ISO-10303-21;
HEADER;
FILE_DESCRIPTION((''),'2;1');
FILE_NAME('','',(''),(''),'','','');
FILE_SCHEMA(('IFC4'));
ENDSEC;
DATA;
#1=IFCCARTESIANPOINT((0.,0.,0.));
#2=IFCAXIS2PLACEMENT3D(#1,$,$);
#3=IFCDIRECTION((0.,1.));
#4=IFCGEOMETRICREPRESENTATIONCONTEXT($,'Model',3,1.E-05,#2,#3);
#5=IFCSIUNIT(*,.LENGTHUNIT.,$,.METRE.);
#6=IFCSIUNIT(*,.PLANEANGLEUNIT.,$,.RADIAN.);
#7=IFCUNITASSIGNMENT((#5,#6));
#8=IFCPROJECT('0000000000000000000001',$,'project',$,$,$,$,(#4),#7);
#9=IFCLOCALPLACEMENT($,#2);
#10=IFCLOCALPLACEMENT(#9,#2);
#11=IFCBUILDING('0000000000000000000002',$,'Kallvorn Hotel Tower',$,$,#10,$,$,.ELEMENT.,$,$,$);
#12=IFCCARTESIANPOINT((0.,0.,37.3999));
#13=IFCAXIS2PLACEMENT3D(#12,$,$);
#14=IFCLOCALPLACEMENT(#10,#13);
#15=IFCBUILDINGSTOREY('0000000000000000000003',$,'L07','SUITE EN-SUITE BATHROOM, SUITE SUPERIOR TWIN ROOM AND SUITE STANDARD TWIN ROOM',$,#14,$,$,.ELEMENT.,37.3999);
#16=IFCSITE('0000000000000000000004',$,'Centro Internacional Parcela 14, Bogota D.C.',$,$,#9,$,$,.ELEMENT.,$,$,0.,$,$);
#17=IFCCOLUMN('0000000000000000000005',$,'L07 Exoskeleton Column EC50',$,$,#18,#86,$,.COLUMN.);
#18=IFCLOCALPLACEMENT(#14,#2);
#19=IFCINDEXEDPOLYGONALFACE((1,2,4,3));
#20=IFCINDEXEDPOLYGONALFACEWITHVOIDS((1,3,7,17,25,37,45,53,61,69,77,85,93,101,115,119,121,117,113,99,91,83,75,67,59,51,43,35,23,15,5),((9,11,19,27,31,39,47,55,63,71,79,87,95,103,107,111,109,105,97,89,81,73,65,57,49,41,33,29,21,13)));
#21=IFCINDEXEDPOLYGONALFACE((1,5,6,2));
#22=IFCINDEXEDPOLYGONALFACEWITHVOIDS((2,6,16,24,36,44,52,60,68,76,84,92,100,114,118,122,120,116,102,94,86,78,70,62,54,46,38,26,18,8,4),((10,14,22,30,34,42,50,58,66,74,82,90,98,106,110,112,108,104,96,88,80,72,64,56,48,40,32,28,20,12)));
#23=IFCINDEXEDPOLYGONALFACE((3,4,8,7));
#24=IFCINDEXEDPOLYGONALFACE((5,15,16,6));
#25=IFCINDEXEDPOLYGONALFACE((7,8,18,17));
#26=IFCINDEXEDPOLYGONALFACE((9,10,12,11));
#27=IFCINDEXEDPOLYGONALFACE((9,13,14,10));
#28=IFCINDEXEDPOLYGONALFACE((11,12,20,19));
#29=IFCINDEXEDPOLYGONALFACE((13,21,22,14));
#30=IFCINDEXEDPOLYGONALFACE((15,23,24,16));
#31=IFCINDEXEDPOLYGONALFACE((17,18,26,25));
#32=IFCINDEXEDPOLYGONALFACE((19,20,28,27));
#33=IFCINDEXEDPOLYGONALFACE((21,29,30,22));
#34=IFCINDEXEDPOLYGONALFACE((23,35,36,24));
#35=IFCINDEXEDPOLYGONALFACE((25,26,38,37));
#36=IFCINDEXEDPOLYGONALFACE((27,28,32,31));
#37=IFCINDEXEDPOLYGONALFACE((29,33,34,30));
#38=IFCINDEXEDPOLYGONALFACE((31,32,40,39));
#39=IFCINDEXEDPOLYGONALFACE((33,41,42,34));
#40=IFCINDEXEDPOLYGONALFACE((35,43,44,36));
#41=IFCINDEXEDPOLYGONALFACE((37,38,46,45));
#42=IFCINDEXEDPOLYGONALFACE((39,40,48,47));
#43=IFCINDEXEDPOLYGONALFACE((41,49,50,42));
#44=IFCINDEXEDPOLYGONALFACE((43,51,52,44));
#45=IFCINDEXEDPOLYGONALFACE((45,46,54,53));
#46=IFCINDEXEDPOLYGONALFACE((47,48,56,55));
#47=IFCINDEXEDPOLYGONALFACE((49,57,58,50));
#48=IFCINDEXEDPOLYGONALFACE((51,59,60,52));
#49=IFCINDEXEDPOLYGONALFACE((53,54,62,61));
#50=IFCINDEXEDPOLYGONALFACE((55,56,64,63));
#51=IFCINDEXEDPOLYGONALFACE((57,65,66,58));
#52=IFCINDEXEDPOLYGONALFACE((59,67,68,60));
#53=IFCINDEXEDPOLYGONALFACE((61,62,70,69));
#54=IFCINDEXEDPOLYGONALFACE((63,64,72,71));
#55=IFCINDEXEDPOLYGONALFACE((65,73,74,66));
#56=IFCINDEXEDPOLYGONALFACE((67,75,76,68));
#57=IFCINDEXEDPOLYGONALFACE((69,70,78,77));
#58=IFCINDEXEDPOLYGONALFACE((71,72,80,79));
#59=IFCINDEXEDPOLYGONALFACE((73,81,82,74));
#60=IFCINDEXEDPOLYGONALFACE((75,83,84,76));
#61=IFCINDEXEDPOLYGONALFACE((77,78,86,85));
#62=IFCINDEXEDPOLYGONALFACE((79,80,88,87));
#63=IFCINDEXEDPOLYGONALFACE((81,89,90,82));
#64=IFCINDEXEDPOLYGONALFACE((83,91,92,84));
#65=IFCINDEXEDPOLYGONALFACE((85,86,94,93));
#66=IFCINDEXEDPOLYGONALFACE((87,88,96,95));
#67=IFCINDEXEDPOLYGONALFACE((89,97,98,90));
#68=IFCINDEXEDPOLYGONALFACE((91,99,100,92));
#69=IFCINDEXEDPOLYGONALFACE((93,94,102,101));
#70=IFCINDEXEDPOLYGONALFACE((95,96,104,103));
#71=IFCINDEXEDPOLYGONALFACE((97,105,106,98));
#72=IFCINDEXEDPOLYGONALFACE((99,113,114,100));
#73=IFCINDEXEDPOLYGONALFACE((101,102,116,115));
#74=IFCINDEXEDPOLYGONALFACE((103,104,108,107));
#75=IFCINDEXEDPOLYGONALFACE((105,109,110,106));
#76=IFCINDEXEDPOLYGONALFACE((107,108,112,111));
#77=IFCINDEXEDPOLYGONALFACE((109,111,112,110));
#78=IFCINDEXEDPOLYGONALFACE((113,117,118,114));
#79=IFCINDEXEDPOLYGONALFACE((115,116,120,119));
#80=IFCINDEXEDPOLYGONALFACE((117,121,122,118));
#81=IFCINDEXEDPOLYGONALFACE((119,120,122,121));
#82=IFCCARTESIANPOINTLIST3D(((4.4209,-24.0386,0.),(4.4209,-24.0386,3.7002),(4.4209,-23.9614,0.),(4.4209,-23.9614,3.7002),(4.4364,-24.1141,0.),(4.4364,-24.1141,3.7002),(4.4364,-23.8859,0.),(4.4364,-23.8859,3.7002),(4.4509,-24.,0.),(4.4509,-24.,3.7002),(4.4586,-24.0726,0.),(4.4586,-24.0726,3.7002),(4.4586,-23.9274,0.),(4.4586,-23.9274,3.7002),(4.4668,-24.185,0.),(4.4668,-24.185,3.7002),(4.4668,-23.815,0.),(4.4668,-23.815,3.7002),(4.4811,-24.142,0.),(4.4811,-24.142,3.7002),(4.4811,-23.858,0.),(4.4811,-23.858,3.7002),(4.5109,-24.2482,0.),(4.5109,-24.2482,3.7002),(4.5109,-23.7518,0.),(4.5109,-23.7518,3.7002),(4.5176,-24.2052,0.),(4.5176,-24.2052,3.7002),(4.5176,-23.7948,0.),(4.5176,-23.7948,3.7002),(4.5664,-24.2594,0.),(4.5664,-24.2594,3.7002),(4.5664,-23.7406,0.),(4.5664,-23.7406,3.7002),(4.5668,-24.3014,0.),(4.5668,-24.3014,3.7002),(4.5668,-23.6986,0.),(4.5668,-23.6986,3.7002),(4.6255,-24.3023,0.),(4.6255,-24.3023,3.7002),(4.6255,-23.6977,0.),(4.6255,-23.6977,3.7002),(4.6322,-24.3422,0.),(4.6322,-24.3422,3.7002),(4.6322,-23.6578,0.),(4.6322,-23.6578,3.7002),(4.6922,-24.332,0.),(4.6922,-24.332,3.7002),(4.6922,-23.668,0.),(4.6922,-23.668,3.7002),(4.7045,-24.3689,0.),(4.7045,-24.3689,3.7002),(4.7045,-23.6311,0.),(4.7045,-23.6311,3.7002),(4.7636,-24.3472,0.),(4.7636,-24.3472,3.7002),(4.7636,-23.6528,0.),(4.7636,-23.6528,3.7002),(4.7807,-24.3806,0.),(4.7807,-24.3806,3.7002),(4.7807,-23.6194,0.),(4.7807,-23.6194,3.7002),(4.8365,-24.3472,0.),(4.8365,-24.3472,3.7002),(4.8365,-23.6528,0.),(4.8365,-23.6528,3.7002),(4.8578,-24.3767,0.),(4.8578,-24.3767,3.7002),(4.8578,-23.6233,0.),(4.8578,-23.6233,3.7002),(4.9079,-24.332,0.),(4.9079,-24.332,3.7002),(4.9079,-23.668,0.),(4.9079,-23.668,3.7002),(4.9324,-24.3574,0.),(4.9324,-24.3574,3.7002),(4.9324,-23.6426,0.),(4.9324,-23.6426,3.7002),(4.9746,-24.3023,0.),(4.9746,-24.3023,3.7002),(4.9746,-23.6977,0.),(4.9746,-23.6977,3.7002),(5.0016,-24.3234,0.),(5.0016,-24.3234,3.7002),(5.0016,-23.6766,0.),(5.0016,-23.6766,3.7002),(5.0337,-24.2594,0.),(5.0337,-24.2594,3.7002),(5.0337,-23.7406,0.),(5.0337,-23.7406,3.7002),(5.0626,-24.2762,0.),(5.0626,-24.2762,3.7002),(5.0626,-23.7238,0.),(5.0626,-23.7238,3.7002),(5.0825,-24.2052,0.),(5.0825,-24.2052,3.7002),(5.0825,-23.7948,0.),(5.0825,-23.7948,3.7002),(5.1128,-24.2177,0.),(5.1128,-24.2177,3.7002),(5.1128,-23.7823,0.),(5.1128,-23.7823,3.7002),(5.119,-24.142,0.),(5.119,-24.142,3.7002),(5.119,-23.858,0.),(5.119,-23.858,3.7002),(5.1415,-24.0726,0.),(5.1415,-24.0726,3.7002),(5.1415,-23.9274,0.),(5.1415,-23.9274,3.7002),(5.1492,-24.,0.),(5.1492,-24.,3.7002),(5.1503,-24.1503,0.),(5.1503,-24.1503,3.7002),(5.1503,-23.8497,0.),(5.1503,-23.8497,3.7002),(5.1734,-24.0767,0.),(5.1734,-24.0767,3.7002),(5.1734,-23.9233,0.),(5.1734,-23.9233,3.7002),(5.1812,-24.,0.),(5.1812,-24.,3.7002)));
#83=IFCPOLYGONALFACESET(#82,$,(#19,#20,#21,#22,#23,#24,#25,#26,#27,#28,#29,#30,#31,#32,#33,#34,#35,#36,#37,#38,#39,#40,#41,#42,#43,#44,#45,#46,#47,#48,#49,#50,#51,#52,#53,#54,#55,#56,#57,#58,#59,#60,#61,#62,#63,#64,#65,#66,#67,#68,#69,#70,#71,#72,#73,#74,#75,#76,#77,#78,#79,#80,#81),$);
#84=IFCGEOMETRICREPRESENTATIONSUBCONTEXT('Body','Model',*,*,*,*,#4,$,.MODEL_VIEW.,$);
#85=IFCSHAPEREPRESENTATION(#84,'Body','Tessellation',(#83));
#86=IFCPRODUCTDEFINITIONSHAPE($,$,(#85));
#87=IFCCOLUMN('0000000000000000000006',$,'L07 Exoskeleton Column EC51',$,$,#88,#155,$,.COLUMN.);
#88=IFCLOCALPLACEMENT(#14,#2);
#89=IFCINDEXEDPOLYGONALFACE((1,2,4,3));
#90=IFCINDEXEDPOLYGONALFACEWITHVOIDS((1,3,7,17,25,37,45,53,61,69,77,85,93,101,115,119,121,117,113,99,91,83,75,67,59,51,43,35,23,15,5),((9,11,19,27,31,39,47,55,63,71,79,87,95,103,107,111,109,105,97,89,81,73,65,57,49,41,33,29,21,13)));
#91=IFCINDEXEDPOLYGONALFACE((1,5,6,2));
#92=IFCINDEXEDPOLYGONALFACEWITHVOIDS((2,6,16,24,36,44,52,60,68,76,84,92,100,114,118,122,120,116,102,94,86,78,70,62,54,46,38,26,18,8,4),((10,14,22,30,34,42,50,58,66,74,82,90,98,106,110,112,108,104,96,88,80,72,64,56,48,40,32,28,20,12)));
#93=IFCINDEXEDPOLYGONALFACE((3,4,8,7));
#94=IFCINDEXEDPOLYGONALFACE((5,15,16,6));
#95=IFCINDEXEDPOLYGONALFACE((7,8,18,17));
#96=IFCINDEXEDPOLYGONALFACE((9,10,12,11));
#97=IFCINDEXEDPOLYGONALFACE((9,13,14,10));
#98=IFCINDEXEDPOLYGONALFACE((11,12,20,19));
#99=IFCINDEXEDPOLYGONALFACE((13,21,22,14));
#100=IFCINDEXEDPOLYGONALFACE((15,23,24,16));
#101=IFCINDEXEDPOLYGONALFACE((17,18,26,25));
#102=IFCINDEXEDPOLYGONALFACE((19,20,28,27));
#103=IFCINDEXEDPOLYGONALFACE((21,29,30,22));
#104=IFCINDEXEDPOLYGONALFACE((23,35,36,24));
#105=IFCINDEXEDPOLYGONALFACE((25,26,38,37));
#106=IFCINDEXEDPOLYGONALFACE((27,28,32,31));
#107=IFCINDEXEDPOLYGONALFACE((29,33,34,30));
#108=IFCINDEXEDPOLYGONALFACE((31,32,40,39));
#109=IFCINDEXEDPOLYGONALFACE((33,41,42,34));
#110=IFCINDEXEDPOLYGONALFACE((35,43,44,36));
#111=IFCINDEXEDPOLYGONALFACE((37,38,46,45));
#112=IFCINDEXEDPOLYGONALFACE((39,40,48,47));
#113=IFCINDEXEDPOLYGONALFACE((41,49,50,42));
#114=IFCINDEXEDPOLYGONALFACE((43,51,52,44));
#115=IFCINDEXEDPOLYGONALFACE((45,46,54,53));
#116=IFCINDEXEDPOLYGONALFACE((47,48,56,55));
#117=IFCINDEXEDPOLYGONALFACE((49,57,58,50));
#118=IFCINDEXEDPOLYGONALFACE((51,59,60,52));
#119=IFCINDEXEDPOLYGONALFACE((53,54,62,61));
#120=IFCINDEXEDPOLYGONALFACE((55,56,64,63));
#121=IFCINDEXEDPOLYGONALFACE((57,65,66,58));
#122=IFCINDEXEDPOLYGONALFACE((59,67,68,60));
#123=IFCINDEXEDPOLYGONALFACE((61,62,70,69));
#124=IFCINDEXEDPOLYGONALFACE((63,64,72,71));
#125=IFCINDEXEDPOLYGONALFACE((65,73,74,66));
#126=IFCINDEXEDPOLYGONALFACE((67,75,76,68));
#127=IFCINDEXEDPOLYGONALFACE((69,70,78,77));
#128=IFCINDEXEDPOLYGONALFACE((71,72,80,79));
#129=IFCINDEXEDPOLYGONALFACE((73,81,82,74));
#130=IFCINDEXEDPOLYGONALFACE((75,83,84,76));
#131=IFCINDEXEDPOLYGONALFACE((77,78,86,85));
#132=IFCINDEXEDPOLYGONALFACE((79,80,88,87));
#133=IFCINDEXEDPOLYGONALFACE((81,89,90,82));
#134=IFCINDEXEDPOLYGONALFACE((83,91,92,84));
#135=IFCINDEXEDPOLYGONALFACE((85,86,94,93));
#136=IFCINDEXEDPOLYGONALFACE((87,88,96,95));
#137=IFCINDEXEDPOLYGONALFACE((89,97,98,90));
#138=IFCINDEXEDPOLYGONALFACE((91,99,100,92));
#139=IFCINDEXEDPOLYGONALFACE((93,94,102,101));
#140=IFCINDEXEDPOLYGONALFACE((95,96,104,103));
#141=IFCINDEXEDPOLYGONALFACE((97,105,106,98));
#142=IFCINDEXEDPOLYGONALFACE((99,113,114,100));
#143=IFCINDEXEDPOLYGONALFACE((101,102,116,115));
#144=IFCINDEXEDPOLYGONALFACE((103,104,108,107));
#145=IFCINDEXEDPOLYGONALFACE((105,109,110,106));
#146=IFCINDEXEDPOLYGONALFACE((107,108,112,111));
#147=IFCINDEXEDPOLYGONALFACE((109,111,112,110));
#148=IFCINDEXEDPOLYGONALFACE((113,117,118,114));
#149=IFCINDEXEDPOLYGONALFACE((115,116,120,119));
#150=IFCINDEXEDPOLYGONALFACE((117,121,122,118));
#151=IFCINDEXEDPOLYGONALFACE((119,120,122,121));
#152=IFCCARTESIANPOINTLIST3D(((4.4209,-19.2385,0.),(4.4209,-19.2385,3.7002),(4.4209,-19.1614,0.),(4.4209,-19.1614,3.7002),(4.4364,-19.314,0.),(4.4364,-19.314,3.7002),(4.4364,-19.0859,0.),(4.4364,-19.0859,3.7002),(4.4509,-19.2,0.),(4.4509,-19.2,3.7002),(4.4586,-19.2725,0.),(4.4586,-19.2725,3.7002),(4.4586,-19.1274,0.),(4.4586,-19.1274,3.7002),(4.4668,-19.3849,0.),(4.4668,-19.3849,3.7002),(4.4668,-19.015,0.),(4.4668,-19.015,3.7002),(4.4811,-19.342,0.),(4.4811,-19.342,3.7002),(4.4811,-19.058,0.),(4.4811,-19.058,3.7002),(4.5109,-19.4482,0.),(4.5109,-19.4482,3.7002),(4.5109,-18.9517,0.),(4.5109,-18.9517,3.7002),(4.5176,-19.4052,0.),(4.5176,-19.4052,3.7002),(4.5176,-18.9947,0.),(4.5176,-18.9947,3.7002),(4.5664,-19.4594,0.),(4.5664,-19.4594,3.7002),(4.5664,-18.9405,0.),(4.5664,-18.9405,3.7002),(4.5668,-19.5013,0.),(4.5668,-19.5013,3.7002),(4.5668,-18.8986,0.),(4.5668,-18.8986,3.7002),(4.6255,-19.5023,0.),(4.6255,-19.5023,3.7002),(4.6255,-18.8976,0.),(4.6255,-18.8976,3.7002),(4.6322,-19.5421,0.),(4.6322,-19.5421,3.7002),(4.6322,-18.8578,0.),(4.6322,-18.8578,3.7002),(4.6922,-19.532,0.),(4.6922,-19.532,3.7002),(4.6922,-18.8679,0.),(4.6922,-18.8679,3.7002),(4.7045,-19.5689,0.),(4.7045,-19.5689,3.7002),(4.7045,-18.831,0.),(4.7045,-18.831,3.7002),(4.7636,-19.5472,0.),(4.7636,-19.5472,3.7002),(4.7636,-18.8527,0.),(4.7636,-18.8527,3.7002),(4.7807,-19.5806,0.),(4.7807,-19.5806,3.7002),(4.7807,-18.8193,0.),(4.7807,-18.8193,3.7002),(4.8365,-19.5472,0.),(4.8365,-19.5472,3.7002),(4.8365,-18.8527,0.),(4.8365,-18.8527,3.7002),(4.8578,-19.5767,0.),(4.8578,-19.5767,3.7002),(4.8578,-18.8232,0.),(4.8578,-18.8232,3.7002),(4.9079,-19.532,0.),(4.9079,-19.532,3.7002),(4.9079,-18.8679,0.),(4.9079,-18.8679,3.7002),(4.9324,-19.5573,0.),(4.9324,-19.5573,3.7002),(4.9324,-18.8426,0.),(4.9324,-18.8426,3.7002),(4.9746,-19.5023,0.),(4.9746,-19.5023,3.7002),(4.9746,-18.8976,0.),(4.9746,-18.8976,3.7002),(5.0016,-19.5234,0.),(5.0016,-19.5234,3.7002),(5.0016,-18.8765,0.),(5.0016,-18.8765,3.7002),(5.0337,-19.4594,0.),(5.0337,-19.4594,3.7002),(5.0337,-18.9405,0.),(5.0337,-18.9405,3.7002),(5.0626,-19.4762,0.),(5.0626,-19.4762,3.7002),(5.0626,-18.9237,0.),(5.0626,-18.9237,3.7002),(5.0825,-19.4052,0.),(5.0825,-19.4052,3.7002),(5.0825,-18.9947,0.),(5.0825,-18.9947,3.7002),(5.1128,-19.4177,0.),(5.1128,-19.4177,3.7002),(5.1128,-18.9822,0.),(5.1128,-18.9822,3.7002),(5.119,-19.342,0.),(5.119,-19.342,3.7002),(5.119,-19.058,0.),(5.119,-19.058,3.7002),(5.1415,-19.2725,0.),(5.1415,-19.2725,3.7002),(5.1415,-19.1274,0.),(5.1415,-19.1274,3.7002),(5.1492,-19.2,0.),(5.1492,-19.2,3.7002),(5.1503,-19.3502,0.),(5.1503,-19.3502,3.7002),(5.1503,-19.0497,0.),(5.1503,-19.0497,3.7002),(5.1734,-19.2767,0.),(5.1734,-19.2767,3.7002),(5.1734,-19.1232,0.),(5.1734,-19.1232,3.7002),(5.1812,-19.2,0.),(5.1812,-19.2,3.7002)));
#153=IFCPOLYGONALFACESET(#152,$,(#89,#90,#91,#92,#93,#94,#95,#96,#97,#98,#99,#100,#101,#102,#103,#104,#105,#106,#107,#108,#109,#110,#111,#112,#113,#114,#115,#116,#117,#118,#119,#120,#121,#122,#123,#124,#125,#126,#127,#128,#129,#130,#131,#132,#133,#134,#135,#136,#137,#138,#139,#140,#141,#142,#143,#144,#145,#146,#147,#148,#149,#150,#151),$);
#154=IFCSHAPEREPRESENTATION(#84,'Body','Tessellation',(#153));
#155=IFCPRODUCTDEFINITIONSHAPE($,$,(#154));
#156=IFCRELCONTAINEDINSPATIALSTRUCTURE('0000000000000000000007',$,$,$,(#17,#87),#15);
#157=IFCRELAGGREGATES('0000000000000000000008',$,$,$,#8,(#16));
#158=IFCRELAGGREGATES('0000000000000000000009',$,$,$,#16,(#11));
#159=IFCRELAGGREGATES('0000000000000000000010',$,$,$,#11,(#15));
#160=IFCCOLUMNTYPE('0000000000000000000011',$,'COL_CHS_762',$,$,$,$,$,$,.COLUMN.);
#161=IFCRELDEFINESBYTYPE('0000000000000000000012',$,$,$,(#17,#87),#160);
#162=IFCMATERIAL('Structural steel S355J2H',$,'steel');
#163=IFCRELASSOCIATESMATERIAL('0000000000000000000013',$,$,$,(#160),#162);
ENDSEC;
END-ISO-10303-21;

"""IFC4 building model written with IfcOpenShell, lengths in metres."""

from ifc_helpers import new_model, si_unit, direction, frame, origin, origin_2d, place, context, subcontext, project, spatial, hollow_circle, extrude, material, material_profile, profile_set, type_object, element, save


model = new_model("IFC4")

# Units and contexts
model_context = context("Model", 3, precision=1e-05, world=origin(), true_north=direction((0.0, 1.0)))
body_context = subcontext(model_context, "Body", "Model", "MODEL_VIEW")
ifc_project = project(units=[si_unit("LENGTHUNIT", "METRE"), si_unit("PLANEANGLEUNIT", "RADIAN")], contexts=[model_context])

# Site, building, storey
site_placement = place(None, origin())
site = spatial("IfcSite", under=ifc_project, at=site_placement, Name="Centro Internacional Parcela 14, Bogota D.C.", CompositionType="ELEMENT", RefElevation=0.0)
building_placement = place(site_placement, origin())
building = spatial("IfcBuilding", under=site, at=building_placement, Name="Kallvorn Hotel Tower", CompositionType="ELEMENT")
storey_placement = place(building_placement, frame((0.0, 0.0, 37.3999)))
storey = spatial("IfcBuildingStorey", under=building, at=storey_placement, Name="L07", Description="SUITE EN-SUITE BATHROOM, SUITE SUPERIOR TWIN ROOM AND SUITE STANDARD TWIN ROOM", CompositionType="ELEMENT", Elevation=37.3999)

# Columns
ifc_material_1 = material(Name="Structural steel S355J2H", Category="steel")
ifc_material_profile_1 = material_profile(ifc_material_1, hollow_circle(Radius=0.3811, WallThickness=0.032, at=origin_2d()), Name="CHS 762x32")
ifc_profile_set_1 = profile_set([ifc_material_profile_1], Name="Structural steel S355J2H")
column_type_1 = type_object("IfcColumnType", Name="COL_CHS_762", PredefinedType="COLUMN", material=ifc_profile_set_1)
for number, where, z_axis, x_axis, name in (
    (1, (4.8, -24.0, 0.0), (0.0, 0.0, 1.0), (1.0, 0.0, 0.0), "L07 Exoskeleton Column EC50"),
    (2, (4.8, -19.2, 0.0), (0.0, 0.0, 1.0), (1.0, 0.0, 0.0), "L07 Exoskeleton Column EC51"),
):
    element("IfcColumn", number, at=place(storey_placement, frame(where, z_axis=z_axis, x_axis=x_axis)), inside=storey, type_object=column_type_1, Name=name, PredefinedType="COLUMN", context=body_context, shape_type="SweptSolid", body=[
        extrude(hollow_circle(Radius=0.3811, WallThickness=0.032, at=origin_2d()), origin(), (0.0, 0.0, 1.0), 3.7002),
    ])

save(model, "model.ifc")
